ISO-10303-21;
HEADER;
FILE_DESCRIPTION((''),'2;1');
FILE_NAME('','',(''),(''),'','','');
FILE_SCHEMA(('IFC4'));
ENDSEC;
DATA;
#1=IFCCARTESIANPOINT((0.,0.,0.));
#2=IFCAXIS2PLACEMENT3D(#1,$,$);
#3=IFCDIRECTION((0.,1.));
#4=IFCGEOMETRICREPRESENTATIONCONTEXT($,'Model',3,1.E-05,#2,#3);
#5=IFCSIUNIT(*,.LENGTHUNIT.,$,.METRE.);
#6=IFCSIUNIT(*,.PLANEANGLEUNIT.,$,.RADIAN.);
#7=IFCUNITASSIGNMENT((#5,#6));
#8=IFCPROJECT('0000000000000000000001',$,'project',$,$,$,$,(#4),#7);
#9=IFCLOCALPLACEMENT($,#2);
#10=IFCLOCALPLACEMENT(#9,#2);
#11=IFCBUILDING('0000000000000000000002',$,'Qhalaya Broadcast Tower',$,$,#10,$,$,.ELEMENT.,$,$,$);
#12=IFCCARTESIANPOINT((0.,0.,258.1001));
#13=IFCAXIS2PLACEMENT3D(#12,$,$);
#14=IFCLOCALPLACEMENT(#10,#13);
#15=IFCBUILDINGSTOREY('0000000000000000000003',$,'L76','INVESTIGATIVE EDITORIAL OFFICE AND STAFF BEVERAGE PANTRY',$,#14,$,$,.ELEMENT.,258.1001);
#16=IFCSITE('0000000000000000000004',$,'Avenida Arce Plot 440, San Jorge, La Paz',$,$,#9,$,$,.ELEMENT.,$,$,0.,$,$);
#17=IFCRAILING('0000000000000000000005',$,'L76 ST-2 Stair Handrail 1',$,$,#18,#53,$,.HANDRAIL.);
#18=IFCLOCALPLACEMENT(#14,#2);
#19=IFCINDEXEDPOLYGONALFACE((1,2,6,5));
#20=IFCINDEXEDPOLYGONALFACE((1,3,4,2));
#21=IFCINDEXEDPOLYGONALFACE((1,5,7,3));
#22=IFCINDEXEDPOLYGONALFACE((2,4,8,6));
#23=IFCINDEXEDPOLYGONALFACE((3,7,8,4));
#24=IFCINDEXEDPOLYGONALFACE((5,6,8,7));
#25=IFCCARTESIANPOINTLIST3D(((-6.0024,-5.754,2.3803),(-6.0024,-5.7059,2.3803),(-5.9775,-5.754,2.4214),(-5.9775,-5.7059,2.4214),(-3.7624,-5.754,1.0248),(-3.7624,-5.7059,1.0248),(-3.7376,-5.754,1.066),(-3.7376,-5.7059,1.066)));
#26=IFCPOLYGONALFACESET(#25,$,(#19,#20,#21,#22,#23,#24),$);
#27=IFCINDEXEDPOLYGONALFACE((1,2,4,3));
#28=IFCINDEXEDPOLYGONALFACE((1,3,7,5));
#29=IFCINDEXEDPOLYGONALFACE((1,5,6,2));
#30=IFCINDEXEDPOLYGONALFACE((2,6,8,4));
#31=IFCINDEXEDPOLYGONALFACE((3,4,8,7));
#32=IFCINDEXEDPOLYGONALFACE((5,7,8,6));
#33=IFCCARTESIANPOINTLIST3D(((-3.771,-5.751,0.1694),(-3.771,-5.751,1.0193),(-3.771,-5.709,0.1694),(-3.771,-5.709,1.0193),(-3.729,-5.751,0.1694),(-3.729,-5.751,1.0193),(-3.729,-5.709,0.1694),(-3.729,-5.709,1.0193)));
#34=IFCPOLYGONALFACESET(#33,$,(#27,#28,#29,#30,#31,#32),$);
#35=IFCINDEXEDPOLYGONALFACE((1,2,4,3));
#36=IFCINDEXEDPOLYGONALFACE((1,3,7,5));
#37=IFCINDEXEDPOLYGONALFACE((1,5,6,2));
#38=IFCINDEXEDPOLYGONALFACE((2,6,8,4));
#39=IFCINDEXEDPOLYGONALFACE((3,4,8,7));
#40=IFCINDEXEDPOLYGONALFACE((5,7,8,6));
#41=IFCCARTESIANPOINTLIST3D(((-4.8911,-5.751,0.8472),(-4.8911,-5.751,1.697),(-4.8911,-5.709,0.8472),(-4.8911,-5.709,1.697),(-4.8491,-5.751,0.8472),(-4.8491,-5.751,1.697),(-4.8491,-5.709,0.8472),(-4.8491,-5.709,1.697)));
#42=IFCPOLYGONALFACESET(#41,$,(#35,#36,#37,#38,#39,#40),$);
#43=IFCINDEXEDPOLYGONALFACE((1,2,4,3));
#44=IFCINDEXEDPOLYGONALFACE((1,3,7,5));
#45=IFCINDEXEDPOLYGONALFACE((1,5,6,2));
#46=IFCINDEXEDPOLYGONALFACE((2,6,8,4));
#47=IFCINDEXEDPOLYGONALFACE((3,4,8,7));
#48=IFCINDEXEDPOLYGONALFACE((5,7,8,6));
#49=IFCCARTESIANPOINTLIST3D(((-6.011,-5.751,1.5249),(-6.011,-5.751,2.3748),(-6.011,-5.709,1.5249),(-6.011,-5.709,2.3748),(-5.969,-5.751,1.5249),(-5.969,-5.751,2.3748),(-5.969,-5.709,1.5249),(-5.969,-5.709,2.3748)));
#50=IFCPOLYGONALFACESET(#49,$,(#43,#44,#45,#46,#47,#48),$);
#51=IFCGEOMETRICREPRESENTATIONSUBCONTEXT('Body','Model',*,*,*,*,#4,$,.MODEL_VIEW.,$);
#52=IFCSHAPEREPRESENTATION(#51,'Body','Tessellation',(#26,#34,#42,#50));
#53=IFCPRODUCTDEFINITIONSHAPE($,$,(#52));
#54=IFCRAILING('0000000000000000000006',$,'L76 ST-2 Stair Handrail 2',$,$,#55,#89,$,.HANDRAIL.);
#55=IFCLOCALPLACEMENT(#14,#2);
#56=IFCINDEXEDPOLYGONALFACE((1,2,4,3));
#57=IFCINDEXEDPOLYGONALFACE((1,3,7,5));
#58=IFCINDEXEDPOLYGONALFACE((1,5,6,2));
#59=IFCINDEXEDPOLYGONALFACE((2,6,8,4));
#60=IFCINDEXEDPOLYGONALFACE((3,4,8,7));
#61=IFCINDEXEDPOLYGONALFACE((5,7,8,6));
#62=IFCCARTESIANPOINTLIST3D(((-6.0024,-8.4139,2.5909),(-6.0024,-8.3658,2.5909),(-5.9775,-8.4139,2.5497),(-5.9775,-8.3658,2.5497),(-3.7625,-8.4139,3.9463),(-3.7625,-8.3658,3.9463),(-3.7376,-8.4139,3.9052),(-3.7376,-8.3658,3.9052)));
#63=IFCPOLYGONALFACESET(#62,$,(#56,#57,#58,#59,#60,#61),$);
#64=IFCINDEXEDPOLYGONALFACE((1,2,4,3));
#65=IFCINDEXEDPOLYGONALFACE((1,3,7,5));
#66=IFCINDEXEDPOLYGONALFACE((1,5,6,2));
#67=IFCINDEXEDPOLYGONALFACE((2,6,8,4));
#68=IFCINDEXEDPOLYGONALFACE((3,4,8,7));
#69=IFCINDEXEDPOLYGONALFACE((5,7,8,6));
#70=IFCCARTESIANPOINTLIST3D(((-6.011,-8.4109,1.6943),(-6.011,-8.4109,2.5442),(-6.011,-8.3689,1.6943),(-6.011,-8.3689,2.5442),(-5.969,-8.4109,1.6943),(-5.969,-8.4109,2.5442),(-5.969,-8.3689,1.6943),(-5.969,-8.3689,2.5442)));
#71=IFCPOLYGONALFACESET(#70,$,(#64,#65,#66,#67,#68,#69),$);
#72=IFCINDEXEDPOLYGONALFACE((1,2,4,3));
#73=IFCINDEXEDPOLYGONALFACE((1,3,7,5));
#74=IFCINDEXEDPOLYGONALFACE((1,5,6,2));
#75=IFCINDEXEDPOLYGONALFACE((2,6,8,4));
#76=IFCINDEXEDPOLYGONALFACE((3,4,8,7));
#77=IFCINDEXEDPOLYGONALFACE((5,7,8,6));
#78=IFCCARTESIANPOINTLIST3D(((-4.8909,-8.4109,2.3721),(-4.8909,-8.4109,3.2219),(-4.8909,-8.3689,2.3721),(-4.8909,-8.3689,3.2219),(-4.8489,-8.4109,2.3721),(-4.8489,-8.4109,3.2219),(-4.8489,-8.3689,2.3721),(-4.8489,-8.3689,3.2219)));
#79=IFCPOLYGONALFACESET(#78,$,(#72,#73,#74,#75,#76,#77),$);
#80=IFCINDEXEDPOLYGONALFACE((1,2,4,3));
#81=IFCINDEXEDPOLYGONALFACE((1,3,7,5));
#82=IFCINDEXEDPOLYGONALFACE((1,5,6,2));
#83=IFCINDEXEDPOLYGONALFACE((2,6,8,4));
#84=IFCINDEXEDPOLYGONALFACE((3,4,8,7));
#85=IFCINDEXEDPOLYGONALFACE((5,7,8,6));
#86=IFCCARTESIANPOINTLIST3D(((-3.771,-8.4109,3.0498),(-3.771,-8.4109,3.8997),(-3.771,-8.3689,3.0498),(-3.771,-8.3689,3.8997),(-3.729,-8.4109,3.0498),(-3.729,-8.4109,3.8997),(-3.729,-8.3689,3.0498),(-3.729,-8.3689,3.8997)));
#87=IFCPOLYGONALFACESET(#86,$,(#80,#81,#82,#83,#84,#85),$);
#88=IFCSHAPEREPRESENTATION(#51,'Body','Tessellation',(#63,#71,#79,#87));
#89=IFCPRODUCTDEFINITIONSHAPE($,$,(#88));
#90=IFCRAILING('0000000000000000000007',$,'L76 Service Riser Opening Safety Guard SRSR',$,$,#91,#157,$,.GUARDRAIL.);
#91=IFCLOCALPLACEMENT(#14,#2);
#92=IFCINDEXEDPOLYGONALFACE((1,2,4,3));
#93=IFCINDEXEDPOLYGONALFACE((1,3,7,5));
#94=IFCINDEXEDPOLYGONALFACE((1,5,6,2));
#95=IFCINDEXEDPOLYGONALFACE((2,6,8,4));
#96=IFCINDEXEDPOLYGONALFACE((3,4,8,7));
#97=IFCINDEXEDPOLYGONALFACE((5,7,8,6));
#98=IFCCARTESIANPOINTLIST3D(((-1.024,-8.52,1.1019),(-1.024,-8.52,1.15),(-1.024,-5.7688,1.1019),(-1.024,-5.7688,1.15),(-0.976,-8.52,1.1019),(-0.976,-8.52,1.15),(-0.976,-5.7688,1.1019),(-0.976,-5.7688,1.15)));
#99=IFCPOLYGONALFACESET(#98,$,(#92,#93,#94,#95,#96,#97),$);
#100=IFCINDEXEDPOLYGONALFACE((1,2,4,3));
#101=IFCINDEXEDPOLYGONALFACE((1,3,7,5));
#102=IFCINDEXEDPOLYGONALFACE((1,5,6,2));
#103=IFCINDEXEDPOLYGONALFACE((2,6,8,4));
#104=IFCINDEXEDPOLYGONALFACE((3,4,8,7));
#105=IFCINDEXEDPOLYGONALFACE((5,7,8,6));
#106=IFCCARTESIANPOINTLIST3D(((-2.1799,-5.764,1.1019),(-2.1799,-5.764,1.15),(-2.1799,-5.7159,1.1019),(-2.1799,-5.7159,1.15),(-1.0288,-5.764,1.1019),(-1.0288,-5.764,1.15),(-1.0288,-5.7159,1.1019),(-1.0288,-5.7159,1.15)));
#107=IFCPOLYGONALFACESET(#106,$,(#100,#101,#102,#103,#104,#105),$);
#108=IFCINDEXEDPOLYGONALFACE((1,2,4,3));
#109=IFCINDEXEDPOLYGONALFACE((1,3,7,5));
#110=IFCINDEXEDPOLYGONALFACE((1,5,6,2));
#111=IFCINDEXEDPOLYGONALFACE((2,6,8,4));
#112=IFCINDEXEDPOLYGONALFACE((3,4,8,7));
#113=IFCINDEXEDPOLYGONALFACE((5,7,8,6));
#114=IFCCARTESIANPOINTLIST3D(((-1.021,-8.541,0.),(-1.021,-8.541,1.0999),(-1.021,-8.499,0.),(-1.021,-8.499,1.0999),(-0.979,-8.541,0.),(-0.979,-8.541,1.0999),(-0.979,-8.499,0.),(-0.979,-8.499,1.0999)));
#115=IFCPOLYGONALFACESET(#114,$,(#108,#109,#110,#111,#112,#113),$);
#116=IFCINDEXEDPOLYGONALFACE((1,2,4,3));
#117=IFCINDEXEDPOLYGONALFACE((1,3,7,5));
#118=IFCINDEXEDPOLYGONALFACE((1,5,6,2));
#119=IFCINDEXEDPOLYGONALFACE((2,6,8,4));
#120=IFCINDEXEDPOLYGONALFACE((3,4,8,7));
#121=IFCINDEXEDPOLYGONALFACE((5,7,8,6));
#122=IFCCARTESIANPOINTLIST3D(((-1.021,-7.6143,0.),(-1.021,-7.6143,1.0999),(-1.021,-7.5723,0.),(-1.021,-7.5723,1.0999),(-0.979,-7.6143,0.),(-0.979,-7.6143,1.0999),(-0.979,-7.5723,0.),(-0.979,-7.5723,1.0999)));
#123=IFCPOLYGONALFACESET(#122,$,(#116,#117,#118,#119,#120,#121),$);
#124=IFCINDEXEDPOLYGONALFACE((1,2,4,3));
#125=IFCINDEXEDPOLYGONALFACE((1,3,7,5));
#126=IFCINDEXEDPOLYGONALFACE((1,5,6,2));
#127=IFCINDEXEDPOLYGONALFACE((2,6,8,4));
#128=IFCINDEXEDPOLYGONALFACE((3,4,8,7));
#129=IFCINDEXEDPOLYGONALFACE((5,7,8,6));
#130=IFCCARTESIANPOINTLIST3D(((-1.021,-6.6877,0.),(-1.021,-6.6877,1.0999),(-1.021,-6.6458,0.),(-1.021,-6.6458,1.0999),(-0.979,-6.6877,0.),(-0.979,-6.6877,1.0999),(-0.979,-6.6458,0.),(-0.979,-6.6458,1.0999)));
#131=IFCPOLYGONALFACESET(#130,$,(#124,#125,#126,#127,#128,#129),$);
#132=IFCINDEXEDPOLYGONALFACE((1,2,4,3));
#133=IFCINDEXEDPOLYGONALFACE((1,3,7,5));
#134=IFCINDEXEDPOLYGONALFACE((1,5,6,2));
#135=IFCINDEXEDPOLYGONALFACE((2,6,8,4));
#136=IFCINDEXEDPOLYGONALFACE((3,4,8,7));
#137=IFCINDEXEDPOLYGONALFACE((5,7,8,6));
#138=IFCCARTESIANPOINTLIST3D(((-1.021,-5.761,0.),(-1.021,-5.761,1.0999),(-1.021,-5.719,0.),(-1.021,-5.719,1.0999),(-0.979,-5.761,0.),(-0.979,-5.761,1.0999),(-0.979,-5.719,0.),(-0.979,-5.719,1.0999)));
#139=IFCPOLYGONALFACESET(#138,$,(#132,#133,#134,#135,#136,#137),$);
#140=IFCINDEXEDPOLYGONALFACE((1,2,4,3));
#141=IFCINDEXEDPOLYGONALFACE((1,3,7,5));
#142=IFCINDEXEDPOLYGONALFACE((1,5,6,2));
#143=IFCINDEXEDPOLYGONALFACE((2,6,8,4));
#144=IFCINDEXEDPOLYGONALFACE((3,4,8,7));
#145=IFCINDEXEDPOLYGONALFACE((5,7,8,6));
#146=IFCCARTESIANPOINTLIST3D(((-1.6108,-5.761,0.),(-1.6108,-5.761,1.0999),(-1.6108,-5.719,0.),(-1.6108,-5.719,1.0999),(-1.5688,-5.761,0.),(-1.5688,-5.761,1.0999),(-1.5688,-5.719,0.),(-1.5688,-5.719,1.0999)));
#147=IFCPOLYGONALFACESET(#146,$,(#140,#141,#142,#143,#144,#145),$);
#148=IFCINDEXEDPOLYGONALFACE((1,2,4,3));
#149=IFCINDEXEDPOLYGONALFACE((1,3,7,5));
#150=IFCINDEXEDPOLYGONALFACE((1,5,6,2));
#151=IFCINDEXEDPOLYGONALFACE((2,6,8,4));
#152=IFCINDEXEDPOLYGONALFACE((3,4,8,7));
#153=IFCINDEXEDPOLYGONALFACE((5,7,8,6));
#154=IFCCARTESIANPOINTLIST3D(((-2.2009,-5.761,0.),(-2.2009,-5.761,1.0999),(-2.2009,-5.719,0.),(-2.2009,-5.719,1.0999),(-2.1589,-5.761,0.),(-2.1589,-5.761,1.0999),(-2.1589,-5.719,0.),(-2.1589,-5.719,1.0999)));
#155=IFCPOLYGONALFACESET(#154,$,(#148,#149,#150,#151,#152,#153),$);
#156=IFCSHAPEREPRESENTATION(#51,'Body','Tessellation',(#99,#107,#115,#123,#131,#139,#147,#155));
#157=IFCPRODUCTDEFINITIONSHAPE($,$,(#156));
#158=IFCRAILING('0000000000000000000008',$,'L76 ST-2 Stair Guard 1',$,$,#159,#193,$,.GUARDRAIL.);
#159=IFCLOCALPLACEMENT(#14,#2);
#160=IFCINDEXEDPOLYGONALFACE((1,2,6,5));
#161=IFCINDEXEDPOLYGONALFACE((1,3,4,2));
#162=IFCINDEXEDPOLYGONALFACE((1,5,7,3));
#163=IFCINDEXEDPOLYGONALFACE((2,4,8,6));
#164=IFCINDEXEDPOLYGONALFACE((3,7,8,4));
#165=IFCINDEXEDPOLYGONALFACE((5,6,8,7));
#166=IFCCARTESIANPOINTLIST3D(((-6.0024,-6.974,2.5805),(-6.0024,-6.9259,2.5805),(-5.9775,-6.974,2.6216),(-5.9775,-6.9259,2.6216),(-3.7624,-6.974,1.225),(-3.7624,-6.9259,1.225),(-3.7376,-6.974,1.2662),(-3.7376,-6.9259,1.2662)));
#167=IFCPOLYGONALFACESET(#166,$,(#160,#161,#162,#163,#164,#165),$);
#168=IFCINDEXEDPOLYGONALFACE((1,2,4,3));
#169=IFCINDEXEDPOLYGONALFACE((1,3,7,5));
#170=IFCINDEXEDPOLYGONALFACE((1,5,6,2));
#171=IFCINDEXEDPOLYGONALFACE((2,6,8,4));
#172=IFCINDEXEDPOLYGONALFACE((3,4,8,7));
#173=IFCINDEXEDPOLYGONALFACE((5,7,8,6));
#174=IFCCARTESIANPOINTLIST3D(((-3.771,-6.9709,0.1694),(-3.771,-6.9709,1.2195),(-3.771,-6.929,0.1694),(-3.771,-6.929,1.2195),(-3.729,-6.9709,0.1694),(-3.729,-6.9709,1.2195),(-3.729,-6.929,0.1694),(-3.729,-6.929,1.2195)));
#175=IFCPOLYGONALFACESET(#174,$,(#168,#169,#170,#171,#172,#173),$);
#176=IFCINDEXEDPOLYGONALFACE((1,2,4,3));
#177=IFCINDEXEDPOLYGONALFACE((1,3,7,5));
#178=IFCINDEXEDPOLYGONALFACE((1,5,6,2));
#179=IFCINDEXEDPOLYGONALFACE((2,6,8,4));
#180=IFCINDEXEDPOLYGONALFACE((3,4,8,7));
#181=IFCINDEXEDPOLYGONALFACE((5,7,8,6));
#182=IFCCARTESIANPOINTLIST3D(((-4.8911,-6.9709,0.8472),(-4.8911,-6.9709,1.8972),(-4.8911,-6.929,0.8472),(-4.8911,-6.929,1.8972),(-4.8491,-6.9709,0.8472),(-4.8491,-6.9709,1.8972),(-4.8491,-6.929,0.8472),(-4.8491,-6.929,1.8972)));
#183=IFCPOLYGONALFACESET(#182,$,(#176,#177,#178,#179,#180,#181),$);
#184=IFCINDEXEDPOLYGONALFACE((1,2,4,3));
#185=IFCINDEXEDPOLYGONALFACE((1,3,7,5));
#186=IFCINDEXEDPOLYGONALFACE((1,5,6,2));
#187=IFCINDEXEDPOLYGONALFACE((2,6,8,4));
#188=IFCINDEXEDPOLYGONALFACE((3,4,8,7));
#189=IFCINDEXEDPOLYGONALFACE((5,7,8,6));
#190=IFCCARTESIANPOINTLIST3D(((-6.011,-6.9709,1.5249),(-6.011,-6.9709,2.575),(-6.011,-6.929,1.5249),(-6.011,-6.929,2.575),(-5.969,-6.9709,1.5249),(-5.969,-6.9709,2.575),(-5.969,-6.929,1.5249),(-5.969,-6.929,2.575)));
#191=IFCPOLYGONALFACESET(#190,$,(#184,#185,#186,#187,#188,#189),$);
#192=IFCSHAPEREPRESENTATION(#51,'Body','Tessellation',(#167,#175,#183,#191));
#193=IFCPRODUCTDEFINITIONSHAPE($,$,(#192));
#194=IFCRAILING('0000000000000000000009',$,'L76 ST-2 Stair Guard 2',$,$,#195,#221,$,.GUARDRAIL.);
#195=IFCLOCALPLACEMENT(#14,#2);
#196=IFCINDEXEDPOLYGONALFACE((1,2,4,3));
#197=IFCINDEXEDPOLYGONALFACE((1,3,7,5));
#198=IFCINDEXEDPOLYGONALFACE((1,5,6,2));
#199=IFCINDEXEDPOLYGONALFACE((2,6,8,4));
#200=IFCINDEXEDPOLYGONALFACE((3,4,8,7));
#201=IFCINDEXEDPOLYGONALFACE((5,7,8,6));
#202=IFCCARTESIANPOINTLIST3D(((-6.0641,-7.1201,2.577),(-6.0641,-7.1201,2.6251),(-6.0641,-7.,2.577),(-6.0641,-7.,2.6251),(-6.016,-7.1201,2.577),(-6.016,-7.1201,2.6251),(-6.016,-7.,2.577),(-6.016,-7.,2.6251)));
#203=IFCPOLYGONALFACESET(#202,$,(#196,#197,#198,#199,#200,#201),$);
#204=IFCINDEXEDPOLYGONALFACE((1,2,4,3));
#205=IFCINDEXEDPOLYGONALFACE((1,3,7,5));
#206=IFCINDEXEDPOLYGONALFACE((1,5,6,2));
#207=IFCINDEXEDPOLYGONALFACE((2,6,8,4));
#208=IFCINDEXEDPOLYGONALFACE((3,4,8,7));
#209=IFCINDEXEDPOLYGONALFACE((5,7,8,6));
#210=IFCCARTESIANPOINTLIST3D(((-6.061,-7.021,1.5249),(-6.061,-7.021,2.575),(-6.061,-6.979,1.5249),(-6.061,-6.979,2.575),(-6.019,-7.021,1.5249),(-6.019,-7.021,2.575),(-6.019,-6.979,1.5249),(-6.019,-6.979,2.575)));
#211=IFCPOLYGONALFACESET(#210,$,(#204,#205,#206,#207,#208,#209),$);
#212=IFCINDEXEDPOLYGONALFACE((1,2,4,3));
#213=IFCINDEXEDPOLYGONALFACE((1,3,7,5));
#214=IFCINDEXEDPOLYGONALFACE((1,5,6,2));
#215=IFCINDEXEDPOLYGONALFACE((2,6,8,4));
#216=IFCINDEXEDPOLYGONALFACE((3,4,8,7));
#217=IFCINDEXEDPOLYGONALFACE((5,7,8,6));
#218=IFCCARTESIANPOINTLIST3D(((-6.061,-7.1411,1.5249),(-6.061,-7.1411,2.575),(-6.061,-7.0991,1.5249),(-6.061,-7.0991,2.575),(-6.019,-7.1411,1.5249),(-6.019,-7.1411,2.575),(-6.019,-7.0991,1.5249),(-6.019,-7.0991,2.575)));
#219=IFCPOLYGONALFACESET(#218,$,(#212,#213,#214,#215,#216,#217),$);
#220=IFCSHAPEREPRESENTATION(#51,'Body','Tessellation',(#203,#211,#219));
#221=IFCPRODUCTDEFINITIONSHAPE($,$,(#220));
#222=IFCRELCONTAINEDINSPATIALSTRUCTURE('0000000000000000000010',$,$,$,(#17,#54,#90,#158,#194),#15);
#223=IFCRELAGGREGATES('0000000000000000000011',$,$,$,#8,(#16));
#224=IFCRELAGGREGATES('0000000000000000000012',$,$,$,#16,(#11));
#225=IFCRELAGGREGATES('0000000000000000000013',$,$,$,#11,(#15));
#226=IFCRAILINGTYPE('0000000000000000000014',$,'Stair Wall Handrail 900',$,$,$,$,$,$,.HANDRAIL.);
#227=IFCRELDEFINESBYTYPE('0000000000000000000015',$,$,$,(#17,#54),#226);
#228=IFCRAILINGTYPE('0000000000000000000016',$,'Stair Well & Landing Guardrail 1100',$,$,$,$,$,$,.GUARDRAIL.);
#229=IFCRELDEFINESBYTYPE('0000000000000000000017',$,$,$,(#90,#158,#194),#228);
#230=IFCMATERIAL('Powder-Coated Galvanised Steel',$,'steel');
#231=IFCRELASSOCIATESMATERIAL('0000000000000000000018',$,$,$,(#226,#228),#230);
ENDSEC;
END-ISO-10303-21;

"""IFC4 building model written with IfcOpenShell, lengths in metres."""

from ifc_helpers import new_model, si_unit, direction, frame, origin, origin_2d, place, context, subcontext, project, spatial, rectangle, extrude, material, type_object, element, save


model = new_model("IFC4")

# Units and contexts
model_context = context("Model", 3, precision=1e-05, world=origin(), true_north=direction((0.0, 1.0)))
body_context = subcontext(model_context, "Body", "Model", "MODEL_VIEW")
ifc_project = project(units=[si_unit("LENGTHUNIT", "METRE"), si_unit("PLANEANGLEUNIT", "RADIAN")], contexts=[model_context])

# Site, building, storey
site_placement = place(None, origin())
site = spatial("IfcSite", under=ifc_project, at=site_placement, Name="Avenida Arce Plot 440, San Jorge, La Paz", CompositionType="ELEMENT", RefElevation=0.0)
building_placement = place(site_placement, origin())
building = spatial("IfcBuilding", under=site, at=building_placement, Name="Qhalaya Broadcast Tower", CompositionType="ELEMENT")
storey_placement = place(building_placement, frame((0.0, 0.0, 258.1001)))
storey = spatial("IfcBuildingStorey", under=building, at=storey_placement, Name="L76", Description="INVESTIGATIVE EDITORIAL OFFICE AND STAFF BEVERAGE PANTRY", CompositionType="ELEMENT", Elevation=258.1001)

# Railings
ifc_material_1 = material(Name="Powder-Coated Galvanised Steel", Category="steel")
railing_type_1 = type_object("IfcRailingType", Name="Stair Wall Handrail 900", PredefinedType="HANDRAIL", material=ifc_material_1)
railing_1_placement = place(storey_placement, frame((-3.75, -5.73, 0.1694)))
element("IfcRailing", 1, at=railing_1_placement, inside=storey, type_object=railing_type_1, Name="L76 ST-2 Stair Handrail 1", PredefinedType="HANDRAIL", context=body_context, shape_type="SweptSolid", body=[
    extrude(rectangle(XDim=0.0481, YDim=0.0481, at=origin_2d()), frame((0.0, 0.0, 0.876), z_axis=(-0.855553, 0.0, 0.517715), x_axis=(0.0, -1.0, 0.0)), (0.0, 0.0, 1.0), 2.6182),
    extrude(rectangle(XDim=0.042, YDim=0.042, at=origin_2d()), origin(), (0.0, 0.0, 1.0), 0.8499),
    extrude(rectangle(XDim=0.042, YDim=0.042, at=origin_2d()), frame((-1.1201, 0.0, 0.6777)), (0.0, 0.0, 1.0), 0.8499),
    extrude(rectangle(XDim=0.042, YDim=0.042, at=origin_2d()), frame((-2.24, 0.0, 1.3555)), (0.0, 0.0, 1.0), 0.8499),
])
railing_2_placement = place(storey_placement, frame((-5.99, -8.3899, 1.6943)))
element("IfcRailing", 2, at=railing_2_placement, inside=storey, type_object=railing_type_1, Name="L76 ST-2 Stair Handrail 2", PredefinedType="HANDRAIL", context=body_context, shape_type="SweptSolid", body=[
    extrude(rectangle(XDim=0.0481, YDim=0.0481, at=origin_2d()), frame((0.0, 0.0, 0.876), z_axis=(0.855553, 0.0, 0.517715), x_axis=(0.0, 1.0, 0.0)), (0.0, 0.0, 1.0), 2.6182),
    extrude(rectangle(XDim=0.042, YDim=0.042, at=origin_2d()), origin(), (0.0, 0.0, 1.0), 0.8499),
    extrude(rectangle(XDim=0.042, YDim=0.042, at=origin_2d()), frame((1.1201, 0.0, 0.6777)), (0.0, 0.0, 1.0), 0.8499),
    extrude(rectangle(XDim=0.042, YDim=0.042, at=origin_2d()), frame((2.24, 0.0, 1.3555)), (0.0, 0.0, 1.0), 0.8499),
])
railing_type_2 = type_object("IfcRailingType", Name="Stair Well & Landing Guardrail 1100", PredefinedType="GUARDRAIL", material=ifc_material_1)
railing_3_placement = place(storey_placement, frame((-1.0, -8.52, 0.0)))
element("IfcRailing", 3, at=railing_3_placement, inside=storey, type_object=railing_type_2, Name="L76 Service Riser Opening Safety Guard SRSR", PredefinedType="GUARDRAIL", context=body_context, shape_type="SweptSolid", body=[
    extrude(rectangle(XDim=0.0481, YDim=0.0481, at=origin_2d()), frame((0.0, 0.0, 1.126), z_axis=(0.0, 1.0, 0.0), x_axis=(-1.0, 0.0, 0.0)), (0.0, 0.0, 1.0), 2.7512),
    extrude(rectangle(XDim=0.0481, YDim=0.0481, at=origin_2d()), frame((-0.0288, 2.78, 1.126), z_axis=(-1.0, 0.0, 0.0), x_axis=(0.0, -1.0, 0.0)), (0.0, 0.0, 1.0), 1.1511),
    extrude(rectangle(XDim=0.042, YDim=0.042, at=origin_2d()), origin(), (0.0, 0.0, 1.0), 1.0999),
    extrude(rectangle(XDim=0.042, YDim=0.042, at=origin_2d()), frame((0.0, 0.9268, 0.0)), (0.0, 0.0, 1.0), 1.0999),
    extrude(rectangle(XDim=0.042, YDim=0.042, at=origin_2d()), frame((0.0, 1.8533, 0.0)), (0.0, 0.0, 1.0), 1.0999),
    extrude(rectangle(XDim=0.042, YDim=0.042, at=origin_2d()), frame((0.0, 2.78, 0.0)), (0.0, 0.0, 1.0), 1.0999),
    extrude(rectangle(XDim=0.042, YDim=0.042, at=origin_2d()), frame((-0.5898, 2.78, 0.0)), (0.0, 0.0, 1.0), 1.0999),
    extrude(rectangle(XDim=0.042, YDim=0.042, at=origin_2d()), frame((-1.1799, 2.78, 0.0)), (0.0, 0.0, 1.0), 1.0999),
])
railing_4_placement = place(storey_placement, frame((-3.75, -6.95, 0.1694)))
element("IfcRailing", 4, at=railing_4_placement, inside=storey, type_object=railing_type_2, Name="L76 ST-2 Stair Guard 1", PredefinedType="GUARDRAIL", context=body_context, shape_type="SweptSolid", body=[
    extrude(rectangle(XDim=0.0481, YDim=0.0481, at=origin_2d()), frame((0.0, 0.0, 1.0762), z_axis=(-0.855553, 0.0, 0.517715), x_axis=(0.0, -1.0, 0.0)), (0.0, 0.0, 1.0), 2.6182),
    extrude(rectangle(XDim=0.042, YDim=0.042, at=origin_2d()), origin(), (0.0, 0.0, 1.0), 1.05),
    extrude(rectangle(XDim=0.042, YDim=0.042, at=origin_2d()), frame((-1.1201, 0.0, 0.6777)), (0.0, 0.0, 1.0), 1.05),
    extrude(rectangle(XDim=0.042, YDim=0.042, at=origin_2d()), frame((-2.24, 0.0, 1.3555)), (0.0, 0.0, 1.0), 1.05),
])
railing_5_placement = place(storey_placement, frame((-6.04, -7.0, 1.5249)))
element("IfcRailing", 5, at=railing_5_placement, inside=storey, type_object=railing_type_2, Name="L76 ST-2 Stair Guard 2", PredefinedType="GUARDRAIL", context=body_context, shape_type="SweptSolid", body=[
    extrude(rectangle(XDim=0.0481, YDim=0.0481, at=origin_2d()), frame((0.0, 0.0, 1.0762), z_axis=(0.0, -1.0, 0.0), x_axis=(1.0, 0.0, 0.0)), (0.0, 0.0, 1.0), 0.1201),
    extrude(rectangle(XDim=0.042, YDim=0.042, at=origin_2d()), origin(), (0.0, 0.0, 1.0), 1.05),
    extrude(rectangle(XDim=0.042, YDim=0.042, at=origin_2d()), frame((0.0, -0.1201, 0.0)), (0.0, 0.0, 1.0), 1.05),
])

save(model, "model.ifc")
